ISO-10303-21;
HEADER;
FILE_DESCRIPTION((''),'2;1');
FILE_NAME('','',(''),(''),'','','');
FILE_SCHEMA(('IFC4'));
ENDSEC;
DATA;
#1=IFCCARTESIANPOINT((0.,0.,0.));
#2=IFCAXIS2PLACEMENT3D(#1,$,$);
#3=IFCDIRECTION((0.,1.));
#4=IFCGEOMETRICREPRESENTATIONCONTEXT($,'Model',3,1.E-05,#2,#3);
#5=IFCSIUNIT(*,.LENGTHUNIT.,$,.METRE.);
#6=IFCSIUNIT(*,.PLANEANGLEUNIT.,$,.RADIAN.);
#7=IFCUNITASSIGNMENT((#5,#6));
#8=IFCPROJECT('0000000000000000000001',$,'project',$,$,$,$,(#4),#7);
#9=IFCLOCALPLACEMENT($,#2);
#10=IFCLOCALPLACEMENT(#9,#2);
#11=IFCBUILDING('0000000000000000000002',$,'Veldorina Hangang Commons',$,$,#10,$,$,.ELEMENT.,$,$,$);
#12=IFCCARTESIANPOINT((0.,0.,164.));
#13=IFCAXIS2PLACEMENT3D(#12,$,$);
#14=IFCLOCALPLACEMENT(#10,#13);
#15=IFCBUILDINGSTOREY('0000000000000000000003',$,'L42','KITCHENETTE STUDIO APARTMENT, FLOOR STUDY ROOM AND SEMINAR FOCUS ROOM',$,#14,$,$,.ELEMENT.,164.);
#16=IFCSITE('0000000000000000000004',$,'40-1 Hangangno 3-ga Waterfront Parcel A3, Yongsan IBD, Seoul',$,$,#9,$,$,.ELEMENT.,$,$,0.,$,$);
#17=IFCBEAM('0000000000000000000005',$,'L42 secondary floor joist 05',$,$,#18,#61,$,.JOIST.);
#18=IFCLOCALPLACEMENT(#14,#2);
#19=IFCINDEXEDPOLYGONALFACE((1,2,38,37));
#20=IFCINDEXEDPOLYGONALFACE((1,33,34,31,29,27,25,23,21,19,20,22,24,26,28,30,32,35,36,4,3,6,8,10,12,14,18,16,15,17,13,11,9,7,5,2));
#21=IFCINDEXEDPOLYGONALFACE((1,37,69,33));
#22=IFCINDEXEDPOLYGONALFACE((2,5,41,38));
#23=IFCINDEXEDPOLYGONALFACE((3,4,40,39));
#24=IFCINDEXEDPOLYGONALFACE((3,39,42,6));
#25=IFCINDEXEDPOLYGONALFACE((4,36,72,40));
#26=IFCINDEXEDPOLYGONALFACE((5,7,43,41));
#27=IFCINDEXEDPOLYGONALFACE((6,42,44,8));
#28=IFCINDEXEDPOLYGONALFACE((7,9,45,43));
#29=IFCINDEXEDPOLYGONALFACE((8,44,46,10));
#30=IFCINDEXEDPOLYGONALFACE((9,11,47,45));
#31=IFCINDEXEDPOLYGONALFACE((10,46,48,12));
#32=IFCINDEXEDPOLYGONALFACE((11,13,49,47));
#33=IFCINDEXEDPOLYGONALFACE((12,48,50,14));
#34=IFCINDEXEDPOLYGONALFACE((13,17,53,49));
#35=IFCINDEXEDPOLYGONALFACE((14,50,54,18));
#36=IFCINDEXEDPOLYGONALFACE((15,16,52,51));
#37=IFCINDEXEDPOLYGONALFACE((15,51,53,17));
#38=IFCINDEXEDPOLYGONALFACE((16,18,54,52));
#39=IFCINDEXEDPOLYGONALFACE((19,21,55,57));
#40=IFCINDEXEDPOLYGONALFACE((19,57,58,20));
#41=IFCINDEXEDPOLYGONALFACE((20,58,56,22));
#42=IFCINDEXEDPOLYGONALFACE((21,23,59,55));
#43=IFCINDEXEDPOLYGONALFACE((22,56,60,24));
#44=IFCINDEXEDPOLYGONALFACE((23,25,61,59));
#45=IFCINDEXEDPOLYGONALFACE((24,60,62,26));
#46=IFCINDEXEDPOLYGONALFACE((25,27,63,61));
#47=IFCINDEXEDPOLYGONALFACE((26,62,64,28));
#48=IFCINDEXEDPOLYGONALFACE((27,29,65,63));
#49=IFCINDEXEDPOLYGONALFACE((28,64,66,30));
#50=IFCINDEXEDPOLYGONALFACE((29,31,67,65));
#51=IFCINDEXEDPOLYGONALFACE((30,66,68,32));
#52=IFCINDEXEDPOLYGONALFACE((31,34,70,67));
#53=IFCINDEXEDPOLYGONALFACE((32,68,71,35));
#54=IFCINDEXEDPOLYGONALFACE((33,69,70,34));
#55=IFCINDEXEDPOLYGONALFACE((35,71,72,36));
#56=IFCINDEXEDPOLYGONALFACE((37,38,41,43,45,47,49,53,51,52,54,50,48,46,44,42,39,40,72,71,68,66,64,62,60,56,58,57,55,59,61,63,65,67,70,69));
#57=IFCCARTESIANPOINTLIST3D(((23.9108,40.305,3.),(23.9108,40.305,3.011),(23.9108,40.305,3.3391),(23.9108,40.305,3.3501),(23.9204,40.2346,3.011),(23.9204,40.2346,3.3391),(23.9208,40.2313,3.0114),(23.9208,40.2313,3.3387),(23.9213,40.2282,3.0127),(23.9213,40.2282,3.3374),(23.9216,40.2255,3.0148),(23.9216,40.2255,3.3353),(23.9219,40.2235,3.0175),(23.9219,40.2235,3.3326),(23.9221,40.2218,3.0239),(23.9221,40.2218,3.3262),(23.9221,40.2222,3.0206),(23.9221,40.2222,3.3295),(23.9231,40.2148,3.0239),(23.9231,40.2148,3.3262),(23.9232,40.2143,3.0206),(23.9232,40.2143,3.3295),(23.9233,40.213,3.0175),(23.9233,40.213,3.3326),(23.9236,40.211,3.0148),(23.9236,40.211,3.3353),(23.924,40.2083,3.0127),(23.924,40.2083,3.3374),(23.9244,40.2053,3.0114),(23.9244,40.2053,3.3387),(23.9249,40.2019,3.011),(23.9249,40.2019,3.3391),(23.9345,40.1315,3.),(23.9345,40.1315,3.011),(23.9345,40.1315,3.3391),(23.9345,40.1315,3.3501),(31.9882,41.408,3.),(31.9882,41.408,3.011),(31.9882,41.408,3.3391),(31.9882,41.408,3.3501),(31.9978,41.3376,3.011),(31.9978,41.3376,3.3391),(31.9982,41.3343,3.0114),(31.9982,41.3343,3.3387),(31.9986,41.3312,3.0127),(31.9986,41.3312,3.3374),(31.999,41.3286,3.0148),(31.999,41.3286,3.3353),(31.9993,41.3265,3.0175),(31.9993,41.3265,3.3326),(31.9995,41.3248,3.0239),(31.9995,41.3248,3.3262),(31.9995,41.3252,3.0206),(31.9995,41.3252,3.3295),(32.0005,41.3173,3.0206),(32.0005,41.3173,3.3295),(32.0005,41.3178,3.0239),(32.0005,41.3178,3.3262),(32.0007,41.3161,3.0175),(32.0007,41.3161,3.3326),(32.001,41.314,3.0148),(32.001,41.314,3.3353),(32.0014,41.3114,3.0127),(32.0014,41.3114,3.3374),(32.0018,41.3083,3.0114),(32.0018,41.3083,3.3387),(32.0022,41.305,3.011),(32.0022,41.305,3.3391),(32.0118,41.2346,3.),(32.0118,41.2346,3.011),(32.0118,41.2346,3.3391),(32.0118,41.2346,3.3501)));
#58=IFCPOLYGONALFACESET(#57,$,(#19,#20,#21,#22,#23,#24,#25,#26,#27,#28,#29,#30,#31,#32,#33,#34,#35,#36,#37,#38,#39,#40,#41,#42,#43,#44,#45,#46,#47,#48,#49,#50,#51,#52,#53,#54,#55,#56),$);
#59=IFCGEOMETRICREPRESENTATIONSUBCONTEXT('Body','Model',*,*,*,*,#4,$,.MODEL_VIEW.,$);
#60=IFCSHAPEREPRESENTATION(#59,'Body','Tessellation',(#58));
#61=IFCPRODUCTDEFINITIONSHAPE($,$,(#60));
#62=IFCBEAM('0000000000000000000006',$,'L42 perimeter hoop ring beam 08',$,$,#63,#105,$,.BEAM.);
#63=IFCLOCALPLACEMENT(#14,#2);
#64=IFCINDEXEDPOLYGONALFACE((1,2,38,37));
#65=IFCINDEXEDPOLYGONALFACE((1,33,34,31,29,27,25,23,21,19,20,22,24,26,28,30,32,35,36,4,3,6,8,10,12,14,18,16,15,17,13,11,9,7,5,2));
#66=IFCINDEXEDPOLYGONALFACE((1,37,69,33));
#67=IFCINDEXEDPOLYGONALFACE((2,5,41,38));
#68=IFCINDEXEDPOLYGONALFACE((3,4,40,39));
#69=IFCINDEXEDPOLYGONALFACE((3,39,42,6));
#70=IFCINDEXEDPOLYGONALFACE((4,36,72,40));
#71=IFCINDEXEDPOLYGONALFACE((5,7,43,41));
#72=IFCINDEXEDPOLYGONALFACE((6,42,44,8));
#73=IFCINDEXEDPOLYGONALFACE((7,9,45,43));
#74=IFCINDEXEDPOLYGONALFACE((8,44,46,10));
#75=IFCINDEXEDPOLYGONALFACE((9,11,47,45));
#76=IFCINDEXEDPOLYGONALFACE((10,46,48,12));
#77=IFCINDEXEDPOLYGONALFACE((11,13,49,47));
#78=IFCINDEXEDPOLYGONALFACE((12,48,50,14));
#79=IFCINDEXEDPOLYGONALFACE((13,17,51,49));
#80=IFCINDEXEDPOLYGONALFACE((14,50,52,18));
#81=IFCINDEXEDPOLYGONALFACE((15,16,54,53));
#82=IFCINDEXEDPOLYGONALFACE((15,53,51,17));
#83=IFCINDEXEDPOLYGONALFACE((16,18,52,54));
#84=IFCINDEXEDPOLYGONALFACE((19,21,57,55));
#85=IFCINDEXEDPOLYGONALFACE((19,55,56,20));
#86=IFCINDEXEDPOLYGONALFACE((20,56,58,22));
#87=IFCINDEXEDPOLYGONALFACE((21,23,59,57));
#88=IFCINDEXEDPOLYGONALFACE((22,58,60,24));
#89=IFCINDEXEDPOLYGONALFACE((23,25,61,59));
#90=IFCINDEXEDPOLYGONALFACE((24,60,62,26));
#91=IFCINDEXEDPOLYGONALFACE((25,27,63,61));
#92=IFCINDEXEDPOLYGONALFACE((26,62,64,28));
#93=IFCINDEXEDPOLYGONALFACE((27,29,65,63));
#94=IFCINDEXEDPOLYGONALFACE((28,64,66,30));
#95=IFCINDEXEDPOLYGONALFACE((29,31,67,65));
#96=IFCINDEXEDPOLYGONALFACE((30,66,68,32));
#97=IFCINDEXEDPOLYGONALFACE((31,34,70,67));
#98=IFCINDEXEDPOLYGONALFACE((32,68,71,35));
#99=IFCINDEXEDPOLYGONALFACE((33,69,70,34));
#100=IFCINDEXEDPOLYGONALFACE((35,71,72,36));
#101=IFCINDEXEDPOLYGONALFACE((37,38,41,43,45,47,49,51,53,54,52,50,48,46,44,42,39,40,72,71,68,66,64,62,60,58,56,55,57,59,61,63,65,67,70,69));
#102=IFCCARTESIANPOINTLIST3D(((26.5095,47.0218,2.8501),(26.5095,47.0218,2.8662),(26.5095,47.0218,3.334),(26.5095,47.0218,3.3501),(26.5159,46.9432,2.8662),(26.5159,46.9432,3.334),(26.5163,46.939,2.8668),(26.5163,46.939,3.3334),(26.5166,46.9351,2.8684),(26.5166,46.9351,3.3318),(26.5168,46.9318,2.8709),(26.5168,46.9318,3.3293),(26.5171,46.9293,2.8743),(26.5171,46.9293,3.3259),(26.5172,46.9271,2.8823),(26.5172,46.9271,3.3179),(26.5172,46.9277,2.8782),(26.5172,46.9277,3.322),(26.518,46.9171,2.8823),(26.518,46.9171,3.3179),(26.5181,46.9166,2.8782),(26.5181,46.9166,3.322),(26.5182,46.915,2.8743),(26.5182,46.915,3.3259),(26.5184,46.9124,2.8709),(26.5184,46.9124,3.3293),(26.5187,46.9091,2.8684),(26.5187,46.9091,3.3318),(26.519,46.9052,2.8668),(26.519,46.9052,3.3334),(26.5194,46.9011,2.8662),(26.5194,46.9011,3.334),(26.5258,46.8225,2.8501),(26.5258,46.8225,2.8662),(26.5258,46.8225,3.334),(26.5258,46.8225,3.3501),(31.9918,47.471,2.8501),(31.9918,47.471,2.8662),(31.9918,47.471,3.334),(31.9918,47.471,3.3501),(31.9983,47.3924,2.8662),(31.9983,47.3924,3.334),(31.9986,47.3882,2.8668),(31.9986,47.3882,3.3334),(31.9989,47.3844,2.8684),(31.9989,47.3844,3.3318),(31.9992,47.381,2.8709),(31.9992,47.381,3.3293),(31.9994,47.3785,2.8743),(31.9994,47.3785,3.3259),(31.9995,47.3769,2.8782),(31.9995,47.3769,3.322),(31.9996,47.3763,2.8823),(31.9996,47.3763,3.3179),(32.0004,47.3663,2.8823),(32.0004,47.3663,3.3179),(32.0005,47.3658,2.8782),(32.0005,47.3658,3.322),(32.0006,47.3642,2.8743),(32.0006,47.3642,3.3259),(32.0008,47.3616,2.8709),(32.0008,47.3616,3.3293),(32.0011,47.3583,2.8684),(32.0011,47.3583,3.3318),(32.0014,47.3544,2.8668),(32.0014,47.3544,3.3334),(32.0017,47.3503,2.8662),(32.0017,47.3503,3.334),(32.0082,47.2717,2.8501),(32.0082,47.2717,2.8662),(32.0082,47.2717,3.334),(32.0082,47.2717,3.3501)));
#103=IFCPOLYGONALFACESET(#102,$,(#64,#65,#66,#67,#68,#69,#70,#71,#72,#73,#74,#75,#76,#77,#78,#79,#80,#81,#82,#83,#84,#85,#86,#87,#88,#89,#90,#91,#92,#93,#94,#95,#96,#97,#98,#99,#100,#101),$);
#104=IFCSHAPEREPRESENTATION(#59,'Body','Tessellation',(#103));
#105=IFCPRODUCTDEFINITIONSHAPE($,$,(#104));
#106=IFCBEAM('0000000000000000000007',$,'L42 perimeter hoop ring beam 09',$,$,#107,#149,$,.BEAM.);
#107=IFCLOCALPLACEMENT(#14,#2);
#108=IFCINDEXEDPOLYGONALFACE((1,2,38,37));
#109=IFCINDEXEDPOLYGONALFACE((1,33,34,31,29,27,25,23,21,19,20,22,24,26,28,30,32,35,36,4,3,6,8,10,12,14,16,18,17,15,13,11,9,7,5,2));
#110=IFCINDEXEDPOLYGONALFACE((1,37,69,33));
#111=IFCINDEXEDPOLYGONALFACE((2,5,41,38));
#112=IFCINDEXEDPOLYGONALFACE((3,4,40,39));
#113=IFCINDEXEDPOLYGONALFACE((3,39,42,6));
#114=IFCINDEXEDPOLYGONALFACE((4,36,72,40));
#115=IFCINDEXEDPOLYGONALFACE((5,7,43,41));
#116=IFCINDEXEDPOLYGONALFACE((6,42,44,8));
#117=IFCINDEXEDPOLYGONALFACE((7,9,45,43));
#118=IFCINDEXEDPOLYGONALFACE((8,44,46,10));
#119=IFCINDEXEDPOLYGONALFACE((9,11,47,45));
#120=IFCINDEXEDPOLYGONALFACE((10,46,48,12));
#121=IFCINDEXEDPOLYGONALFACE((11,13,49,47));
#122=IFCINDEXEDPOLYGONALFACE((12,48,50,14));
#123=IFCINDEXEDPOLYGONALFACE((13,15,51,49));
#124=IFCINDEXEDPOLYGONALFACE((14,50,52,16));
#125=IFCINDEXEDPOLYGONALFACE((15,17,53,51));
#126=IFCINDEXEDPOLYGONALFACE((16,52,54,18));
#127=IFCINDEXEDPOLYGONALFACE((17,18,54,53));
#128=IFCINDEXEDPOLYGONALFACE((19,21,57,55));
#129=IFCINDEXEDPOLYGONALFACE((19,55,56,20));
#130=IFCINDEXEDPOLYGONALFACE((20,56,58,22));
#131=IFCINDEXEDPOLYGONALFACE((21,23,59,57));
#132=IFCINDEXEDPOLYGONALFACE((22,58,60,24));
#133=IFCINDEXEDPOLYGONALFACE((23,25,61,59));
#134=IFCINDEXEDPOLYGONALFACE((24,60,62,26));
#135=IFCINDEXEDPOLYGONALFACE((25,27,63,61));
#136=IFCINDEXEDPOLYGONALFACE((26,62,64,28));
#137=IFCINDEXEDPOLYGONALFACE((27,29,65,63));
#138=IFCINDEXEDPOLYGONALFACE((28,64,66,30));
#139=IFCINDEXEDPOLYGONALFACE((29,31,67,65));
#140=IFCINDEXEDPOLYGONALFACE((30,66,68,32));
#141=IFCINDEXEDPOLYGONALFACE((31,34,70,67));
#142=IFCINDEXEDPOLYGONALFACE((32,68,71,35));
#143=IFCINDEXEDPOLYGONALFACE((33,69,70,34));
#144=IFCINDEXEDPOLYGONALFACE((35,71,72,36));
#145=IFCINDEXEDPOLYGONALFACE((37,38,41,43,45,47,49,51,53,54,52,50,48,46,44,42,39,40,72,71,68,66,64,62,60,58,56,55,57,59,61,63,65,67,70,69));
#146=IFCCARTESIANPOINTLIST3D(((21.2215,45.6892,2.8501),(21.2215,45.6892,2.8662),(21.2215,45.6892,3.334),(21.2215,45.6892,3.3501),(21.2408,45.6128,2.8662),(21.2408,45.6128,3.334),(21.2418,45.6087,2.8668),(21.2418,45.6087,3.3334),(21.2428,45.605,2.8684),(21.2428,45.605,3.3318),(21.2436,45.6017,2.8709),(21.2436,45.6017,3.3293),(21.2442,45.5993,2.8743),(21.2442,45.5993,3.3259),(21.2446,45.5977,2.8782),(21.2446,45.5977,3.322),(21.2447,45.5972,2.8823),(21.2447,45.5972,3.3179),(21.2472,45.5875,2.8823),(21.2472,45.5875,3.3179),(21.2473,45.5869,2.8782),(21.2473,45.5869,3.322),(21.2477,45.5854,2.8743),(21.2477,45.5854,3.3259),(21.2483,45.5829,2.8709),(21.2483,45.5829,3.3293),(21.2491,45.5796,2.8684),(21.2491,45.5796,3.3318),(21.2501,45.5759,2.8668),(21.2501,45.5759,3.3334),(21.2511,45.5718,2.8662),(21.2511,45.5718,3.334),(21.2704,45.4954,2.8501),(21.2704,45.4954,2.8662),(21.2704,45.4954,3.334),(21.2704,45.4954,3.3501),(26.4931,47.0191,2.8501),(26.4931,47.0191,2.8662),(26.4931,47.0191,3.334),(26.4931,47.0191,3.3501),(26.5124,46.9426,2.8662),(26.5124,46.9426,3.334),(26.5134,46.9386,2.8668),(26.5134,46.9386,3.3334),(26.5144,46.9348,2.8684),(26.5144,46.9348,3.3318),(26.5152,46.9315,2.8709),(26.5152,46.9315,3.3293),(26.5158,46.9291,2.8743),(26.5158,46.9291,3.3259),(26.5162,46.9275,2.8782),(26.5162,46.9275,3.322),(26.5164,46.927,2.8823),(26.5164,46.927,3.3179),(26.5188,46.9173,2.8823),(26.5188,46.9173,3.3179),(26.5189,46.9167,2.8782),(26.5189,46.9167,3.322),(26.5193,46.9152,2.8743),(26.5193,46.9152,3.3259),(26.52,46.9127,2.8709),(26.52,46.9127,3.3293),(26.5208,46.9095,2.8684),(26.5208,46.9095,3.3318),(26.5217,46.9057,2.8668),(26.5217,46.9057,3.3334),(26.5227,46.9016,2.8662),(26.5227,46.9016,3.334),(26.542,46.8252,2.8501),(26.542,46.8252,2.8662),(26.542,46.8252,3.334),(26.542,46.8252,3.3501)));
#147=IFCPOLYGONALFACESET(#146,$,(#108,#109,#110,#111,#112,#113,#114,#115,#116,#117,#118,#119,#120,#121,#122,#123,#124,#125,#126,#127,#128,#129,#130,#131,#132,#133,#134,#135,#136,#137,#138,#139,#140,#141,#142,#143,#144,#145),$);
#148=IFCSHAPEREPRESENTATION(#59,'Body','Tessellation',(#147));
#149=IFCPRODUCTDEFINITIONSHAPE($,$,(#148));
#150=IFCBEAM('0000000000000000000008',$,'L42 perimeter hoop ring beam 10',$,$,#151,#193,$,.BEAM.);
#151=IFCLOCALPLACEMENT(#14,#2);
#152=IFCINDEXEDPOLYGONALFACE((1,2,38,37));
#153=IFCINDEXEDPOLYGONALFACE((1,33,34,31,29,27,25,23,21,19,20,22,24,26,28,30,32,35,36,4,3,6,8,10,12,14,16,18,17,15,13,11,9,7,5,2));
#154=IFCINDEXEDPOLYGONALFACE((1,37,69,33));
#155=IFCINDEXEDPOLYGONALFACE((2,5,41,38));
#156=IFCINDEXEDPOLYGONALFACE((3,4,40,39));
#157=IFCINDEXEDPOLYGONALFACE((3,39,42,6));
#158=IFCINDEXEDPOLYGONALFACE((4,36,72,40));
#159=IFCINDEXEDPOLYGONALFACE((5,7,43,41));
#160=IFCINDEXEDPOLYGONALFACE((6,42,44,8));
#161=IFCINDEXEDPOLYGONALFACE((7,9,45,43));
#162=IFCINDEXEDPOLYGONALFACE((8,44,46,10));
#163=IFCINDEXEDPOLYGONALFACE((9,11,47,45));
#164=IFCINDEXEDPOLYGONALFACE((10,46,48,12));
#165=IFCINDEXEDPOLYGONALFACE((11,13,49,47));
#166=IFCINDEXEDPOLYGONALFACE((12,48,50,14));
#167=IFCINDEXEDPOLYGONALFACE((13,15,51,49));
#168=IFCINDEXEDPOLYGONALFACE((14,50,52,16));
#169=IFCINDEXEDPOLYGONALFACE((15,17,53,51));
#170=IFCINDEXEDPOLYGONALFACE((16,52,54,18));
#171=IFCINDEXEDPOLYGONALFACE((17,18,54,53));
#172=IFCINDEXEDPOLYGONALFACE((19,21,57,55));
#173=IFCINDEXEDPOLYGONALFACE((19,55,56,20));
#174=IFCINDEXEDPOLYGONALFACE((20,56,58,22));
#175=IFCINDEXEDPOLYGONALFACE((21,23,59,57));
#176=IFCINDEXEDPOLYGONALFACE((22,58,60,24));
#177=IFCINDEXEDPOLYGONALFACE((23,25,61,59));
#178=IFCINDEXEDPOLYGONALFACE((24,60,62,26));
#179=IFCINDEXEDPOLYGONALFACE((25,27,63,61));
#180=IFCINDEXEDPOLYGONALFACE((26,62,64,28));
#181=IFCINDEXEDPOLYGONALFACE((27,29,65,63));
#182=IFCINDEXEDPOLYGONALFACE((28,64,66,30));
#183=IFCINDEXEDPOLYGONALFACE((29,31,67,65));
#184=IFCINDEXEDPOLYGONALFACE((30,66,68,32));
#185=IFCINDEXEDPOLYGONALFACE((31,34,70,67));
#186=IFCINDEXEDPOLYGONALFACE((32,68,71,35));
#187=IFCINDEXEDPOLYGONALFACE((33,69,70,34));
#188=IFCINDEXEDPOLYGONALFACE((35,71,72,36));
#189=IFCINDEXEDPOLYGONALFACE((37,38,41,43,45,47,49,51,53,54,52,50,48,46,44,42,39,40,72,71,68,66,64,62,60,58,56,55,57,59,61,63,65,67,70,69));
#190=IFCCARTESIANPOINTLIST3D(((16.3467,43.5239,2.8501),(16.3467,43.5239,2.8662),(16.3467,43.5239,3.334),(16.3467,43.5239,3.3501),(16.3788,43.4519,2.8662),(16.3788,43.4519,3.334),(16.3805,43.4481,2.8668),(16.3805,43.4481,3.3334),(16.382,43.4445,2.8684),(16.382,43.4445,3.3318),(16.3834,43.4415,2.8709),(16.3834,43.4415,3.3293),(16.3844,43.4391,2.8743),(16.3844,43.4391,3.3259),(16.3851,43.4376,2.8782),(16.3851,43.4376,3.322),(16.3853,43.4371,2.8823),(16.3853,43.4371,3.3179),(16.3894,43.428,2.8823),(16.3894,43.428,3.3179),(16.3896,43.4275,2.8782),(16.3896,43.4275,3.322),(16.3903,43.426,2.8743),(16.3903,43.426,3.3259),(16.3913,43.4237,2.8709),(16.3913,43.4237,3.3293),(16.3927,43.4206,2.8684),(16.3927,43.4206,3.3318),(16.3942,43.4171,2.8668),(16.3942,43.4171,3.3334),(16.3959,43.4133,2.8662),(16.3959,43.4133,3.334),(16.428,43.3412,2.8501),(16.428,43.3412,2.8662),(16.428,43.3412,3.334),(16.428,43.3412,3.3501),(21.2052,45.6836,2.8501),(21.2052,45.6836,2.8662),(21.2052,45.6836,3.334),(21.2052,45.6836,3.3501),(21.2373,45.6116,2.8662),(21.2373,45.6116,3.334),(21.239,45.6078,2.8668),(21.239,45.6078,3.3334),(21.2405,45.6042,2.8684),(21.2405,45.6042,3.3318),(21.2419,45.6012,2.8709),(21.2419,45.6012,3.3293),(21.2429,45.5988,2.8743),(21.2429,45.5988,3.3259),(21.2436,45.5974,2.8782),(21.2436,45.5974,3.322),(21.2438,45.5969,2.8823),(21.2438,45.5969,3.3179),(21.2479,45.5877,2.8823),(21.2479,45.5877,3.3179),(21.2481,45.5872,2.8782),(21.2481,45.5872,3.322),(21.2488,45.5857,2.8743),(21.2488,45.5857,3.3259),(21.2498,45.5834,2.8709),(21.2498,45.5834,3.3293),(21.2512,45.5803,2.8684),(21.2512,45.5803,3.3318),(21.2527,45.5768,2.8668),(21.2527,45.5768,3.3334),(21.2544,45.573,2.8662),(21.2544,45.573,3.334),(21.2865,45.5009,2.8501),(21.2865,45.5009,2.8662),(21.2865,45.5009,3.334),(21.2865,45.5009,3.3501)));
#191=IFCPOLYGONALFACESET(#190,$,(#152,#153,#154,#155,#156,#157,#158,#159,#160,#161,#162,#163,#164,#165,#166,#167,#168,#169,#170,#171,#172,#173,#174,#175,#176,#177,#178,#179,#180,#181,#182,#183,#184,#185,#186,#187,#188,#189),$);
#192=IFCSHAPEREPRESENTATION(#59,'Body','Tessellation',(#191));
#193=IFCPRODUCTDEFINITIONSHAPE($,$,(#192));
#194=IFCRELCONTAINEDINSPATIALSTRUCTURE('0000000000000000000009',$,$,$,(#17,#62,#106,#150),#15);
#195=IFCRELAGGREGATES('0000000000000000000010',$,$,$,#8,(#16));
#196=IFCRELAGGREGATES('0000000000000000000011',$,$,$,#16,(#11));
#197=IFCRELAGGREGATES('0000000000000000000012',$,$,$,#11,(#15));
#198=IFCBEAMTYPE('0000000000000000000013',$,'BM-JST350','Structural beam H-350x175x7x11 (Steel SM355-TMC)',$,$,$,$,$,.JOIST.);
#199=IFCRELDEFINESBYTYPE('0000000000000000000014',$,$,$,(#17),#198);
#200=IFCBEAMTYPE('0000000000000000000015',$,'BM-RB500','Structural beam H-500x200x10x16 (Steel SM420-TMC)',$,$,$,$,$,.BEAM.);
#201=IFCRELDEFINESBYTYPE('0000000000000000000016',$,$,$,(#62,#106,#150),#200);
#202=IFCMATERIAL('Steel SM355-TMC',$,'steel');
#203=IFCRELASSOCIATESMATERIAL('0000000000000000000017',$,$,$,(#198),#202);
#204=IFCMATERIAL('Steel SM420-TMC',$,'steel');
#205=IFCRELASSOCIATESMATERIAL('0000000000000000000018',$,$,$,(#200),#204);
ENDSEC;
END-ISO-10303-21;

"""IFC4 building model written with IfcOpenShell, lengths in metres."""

from ifc_helpers import new_model, si_unit, direction, frame, origin, origin_2d, place, context, subcontext, project, spatial, i_section, extrude, material, material_profile, profile_set, type_object, element, save


model = new_model("IFC4")

# Units and contexts
model_context = context("Model", 3, precision=1e-05, world=origin(), true_north=direction((0.0, 1.0)))
body_context = subcontext(model_context, "Body", "Model", "MODEL_VIEW")
ifc_project = project(units=[si_unit("LENGTHUNIT", "METRE"), si_unit("PLANEANGLEUNIT", "RADIAN")], contexts=[model_context])

# Site, building, storey
site_placement = place(None, origin())
site = spatial("IfcSite", under=ifc_project, at=site_placement, Name="40-1 Hangangno 3-ga Waterfront Parcel A3, Yongsan IBD, Seoul", CompositionType="ELEMENT", RefElevation=0.0)
building_placement = place(site_placement, origin())
building = spatial("IfcBuilding", under=site, at=building_placement, Name="Veldorina Hangang Commons", CompositionType="ELEMENT")
storey_placement = place(building_placement, frame((0.0, 0.0, 164.0)))
storey = spatial("IfcBuildingStorey", under=building, at=storey_placement, Name="L42", Description="KITCHENETTE STUDIO APARTMENT, FLOOR STUDY ROOM AND SEMINAR FOCUS ROOM", CompositionType="ELEMENT", Elevation=164.0)

# Beams
ifc_material_1 = material(Name="Steel SM355-TMC", Category="steel")
ifc_material_profile_1 = material_profile(ifc_material_1, i_section(OverallWidth=0.175, OverallDepth=0.3501, WebThickness=0.0071, FlangeThickness=0.011, FilletRadius=0.0129, at=origin_2d()), Name="H-350x175x7x11")
ifc_profile_set_1 = profile_set([ifc_material_profile_1], Name="Steel SM355-TMC")
beam_type_1 = type_object("IfcBeamType", Name="BM-JST350", Description="Structural beam H-350x175x7x11 (Steel SM355-TMC)", PredefinedType="JOIST", material=ifc_profile_set_1)
beam_1_placement = place(storey_placement, frame((32.0, 41.3213, 3.175), z_axis=(-0.990804, -0.135302, 0.0), x_axis=(0.135302, -0.990804, 0.0)))
element("IfcBeam", 1, at=beam_1_placement, inside=storey, type_object=beam_type_1, Name="L42 secondary floor joist 05", PredefinedType="JOIST", context=body_context, shape_type="SweptSolid", body=[
    extrude(i_section(OverallWidth=0.175, OverallDepth=0.3501, WebThickness=0.0071, FlangeThickness=0.011, FilletRadius=0.0129, at=origin_2d()), origin(), (0.0, 0.0, 1.0), 8.1523),
])
ifc_material_2 = material(Name="Steel SM420-TMC", Category="steel")
ifc_material_profile_2 = material_profile(ifc_material_2, i_section(OverallWidth=0.2, OverallDepth=0.5, WebThickness=0.01, FlangeThickness=0.0161, FilletRadius=0.0161, at=origin_2d()), Name="H-500x200x10x16")
ifc_profile_set_2 = profile_set([ifc_material_profile_2], Name="Steel SM420-TMC")
beam_type_2 = type_object("IfcBeamType", Name="BM-RB500", Description="Structural beam H-500x200x10x16 (Steel SM420-TMC)", PredefinedType="BEAM", material=ifc_profile_set_2)
beam_2_placement = place(storey_placement, frame((32.0, 47.3713, 3.1001), z_axis=(-0.99666, -0.081664, 0.0), x_axis=(0.081664, -0.99666, 0.0)))
element("IfcBeam", 2, at=beam_2_placement, inside=storey, type_object=beam_type_2, Name="L42 perimeter hoop ring beam 08", PredefinedType="BEAM", context=body_context, shape_type="SweptSolid", body=[
    extrude(i_section(OverallWidth=0.2, OverallDepth=0.5, WebThickness=0.01, FlangeThickness=0.0161, FilletRadius=0.0161, at=origin_2d()), origin(), (0.0, 0.0, 1.0), 5.5007),
])
beam_3_placement = place(storey_placement, frame((26.5176, 46.9221, 3.1001), z_axis=(-0.969625, -0.244595, 0.0), x_axis=(0.244595, -0.969625, 0.0)))
element("IfcBeam", 3, at=beam_3_placement, inside=storey, type_object=beam_type_2, Name="L42 perimeter hoop ring beam 09", PredefinedType="BEAM", context=body_context, shape_type="SweptSolid", body=[
    extrude(i_section(OverallWidth=0.2, OverallDepth=0.5, WebThickness=0.01, FlangeThickness=0.0161, FilletRadius=0.0161, at=origin_2d()), origin(), (0.0, 0.0, 1.0), 5.4368),
])
beam_4_placement = place(storey_placement, frame((21.2458, 45.5923, 3.1001), z_axis=(-0.913785, -0.406198, 0.0), x_axis=(0.406198, -0.913785, 0.0)))
element("IfcBeam", 4, at=beam_4_placement, inside=storey, type_object=beam_type_2, Name="L42 perimeter hoop ring beam 10", PredefinedType="BEAM", context=body_context, shape_type="SweptSolid", body=[
    extrude(i_section(OverallWidth=0.2, OverallDepth=0.5, WebThickness=0.01, FlangeThickness=0.0161, FilletRadius=0.0161, at=origin_2d()), origin(), (0.0, 0.0, 1.0), 5.3169),
])

save(model, "model.ifc")
